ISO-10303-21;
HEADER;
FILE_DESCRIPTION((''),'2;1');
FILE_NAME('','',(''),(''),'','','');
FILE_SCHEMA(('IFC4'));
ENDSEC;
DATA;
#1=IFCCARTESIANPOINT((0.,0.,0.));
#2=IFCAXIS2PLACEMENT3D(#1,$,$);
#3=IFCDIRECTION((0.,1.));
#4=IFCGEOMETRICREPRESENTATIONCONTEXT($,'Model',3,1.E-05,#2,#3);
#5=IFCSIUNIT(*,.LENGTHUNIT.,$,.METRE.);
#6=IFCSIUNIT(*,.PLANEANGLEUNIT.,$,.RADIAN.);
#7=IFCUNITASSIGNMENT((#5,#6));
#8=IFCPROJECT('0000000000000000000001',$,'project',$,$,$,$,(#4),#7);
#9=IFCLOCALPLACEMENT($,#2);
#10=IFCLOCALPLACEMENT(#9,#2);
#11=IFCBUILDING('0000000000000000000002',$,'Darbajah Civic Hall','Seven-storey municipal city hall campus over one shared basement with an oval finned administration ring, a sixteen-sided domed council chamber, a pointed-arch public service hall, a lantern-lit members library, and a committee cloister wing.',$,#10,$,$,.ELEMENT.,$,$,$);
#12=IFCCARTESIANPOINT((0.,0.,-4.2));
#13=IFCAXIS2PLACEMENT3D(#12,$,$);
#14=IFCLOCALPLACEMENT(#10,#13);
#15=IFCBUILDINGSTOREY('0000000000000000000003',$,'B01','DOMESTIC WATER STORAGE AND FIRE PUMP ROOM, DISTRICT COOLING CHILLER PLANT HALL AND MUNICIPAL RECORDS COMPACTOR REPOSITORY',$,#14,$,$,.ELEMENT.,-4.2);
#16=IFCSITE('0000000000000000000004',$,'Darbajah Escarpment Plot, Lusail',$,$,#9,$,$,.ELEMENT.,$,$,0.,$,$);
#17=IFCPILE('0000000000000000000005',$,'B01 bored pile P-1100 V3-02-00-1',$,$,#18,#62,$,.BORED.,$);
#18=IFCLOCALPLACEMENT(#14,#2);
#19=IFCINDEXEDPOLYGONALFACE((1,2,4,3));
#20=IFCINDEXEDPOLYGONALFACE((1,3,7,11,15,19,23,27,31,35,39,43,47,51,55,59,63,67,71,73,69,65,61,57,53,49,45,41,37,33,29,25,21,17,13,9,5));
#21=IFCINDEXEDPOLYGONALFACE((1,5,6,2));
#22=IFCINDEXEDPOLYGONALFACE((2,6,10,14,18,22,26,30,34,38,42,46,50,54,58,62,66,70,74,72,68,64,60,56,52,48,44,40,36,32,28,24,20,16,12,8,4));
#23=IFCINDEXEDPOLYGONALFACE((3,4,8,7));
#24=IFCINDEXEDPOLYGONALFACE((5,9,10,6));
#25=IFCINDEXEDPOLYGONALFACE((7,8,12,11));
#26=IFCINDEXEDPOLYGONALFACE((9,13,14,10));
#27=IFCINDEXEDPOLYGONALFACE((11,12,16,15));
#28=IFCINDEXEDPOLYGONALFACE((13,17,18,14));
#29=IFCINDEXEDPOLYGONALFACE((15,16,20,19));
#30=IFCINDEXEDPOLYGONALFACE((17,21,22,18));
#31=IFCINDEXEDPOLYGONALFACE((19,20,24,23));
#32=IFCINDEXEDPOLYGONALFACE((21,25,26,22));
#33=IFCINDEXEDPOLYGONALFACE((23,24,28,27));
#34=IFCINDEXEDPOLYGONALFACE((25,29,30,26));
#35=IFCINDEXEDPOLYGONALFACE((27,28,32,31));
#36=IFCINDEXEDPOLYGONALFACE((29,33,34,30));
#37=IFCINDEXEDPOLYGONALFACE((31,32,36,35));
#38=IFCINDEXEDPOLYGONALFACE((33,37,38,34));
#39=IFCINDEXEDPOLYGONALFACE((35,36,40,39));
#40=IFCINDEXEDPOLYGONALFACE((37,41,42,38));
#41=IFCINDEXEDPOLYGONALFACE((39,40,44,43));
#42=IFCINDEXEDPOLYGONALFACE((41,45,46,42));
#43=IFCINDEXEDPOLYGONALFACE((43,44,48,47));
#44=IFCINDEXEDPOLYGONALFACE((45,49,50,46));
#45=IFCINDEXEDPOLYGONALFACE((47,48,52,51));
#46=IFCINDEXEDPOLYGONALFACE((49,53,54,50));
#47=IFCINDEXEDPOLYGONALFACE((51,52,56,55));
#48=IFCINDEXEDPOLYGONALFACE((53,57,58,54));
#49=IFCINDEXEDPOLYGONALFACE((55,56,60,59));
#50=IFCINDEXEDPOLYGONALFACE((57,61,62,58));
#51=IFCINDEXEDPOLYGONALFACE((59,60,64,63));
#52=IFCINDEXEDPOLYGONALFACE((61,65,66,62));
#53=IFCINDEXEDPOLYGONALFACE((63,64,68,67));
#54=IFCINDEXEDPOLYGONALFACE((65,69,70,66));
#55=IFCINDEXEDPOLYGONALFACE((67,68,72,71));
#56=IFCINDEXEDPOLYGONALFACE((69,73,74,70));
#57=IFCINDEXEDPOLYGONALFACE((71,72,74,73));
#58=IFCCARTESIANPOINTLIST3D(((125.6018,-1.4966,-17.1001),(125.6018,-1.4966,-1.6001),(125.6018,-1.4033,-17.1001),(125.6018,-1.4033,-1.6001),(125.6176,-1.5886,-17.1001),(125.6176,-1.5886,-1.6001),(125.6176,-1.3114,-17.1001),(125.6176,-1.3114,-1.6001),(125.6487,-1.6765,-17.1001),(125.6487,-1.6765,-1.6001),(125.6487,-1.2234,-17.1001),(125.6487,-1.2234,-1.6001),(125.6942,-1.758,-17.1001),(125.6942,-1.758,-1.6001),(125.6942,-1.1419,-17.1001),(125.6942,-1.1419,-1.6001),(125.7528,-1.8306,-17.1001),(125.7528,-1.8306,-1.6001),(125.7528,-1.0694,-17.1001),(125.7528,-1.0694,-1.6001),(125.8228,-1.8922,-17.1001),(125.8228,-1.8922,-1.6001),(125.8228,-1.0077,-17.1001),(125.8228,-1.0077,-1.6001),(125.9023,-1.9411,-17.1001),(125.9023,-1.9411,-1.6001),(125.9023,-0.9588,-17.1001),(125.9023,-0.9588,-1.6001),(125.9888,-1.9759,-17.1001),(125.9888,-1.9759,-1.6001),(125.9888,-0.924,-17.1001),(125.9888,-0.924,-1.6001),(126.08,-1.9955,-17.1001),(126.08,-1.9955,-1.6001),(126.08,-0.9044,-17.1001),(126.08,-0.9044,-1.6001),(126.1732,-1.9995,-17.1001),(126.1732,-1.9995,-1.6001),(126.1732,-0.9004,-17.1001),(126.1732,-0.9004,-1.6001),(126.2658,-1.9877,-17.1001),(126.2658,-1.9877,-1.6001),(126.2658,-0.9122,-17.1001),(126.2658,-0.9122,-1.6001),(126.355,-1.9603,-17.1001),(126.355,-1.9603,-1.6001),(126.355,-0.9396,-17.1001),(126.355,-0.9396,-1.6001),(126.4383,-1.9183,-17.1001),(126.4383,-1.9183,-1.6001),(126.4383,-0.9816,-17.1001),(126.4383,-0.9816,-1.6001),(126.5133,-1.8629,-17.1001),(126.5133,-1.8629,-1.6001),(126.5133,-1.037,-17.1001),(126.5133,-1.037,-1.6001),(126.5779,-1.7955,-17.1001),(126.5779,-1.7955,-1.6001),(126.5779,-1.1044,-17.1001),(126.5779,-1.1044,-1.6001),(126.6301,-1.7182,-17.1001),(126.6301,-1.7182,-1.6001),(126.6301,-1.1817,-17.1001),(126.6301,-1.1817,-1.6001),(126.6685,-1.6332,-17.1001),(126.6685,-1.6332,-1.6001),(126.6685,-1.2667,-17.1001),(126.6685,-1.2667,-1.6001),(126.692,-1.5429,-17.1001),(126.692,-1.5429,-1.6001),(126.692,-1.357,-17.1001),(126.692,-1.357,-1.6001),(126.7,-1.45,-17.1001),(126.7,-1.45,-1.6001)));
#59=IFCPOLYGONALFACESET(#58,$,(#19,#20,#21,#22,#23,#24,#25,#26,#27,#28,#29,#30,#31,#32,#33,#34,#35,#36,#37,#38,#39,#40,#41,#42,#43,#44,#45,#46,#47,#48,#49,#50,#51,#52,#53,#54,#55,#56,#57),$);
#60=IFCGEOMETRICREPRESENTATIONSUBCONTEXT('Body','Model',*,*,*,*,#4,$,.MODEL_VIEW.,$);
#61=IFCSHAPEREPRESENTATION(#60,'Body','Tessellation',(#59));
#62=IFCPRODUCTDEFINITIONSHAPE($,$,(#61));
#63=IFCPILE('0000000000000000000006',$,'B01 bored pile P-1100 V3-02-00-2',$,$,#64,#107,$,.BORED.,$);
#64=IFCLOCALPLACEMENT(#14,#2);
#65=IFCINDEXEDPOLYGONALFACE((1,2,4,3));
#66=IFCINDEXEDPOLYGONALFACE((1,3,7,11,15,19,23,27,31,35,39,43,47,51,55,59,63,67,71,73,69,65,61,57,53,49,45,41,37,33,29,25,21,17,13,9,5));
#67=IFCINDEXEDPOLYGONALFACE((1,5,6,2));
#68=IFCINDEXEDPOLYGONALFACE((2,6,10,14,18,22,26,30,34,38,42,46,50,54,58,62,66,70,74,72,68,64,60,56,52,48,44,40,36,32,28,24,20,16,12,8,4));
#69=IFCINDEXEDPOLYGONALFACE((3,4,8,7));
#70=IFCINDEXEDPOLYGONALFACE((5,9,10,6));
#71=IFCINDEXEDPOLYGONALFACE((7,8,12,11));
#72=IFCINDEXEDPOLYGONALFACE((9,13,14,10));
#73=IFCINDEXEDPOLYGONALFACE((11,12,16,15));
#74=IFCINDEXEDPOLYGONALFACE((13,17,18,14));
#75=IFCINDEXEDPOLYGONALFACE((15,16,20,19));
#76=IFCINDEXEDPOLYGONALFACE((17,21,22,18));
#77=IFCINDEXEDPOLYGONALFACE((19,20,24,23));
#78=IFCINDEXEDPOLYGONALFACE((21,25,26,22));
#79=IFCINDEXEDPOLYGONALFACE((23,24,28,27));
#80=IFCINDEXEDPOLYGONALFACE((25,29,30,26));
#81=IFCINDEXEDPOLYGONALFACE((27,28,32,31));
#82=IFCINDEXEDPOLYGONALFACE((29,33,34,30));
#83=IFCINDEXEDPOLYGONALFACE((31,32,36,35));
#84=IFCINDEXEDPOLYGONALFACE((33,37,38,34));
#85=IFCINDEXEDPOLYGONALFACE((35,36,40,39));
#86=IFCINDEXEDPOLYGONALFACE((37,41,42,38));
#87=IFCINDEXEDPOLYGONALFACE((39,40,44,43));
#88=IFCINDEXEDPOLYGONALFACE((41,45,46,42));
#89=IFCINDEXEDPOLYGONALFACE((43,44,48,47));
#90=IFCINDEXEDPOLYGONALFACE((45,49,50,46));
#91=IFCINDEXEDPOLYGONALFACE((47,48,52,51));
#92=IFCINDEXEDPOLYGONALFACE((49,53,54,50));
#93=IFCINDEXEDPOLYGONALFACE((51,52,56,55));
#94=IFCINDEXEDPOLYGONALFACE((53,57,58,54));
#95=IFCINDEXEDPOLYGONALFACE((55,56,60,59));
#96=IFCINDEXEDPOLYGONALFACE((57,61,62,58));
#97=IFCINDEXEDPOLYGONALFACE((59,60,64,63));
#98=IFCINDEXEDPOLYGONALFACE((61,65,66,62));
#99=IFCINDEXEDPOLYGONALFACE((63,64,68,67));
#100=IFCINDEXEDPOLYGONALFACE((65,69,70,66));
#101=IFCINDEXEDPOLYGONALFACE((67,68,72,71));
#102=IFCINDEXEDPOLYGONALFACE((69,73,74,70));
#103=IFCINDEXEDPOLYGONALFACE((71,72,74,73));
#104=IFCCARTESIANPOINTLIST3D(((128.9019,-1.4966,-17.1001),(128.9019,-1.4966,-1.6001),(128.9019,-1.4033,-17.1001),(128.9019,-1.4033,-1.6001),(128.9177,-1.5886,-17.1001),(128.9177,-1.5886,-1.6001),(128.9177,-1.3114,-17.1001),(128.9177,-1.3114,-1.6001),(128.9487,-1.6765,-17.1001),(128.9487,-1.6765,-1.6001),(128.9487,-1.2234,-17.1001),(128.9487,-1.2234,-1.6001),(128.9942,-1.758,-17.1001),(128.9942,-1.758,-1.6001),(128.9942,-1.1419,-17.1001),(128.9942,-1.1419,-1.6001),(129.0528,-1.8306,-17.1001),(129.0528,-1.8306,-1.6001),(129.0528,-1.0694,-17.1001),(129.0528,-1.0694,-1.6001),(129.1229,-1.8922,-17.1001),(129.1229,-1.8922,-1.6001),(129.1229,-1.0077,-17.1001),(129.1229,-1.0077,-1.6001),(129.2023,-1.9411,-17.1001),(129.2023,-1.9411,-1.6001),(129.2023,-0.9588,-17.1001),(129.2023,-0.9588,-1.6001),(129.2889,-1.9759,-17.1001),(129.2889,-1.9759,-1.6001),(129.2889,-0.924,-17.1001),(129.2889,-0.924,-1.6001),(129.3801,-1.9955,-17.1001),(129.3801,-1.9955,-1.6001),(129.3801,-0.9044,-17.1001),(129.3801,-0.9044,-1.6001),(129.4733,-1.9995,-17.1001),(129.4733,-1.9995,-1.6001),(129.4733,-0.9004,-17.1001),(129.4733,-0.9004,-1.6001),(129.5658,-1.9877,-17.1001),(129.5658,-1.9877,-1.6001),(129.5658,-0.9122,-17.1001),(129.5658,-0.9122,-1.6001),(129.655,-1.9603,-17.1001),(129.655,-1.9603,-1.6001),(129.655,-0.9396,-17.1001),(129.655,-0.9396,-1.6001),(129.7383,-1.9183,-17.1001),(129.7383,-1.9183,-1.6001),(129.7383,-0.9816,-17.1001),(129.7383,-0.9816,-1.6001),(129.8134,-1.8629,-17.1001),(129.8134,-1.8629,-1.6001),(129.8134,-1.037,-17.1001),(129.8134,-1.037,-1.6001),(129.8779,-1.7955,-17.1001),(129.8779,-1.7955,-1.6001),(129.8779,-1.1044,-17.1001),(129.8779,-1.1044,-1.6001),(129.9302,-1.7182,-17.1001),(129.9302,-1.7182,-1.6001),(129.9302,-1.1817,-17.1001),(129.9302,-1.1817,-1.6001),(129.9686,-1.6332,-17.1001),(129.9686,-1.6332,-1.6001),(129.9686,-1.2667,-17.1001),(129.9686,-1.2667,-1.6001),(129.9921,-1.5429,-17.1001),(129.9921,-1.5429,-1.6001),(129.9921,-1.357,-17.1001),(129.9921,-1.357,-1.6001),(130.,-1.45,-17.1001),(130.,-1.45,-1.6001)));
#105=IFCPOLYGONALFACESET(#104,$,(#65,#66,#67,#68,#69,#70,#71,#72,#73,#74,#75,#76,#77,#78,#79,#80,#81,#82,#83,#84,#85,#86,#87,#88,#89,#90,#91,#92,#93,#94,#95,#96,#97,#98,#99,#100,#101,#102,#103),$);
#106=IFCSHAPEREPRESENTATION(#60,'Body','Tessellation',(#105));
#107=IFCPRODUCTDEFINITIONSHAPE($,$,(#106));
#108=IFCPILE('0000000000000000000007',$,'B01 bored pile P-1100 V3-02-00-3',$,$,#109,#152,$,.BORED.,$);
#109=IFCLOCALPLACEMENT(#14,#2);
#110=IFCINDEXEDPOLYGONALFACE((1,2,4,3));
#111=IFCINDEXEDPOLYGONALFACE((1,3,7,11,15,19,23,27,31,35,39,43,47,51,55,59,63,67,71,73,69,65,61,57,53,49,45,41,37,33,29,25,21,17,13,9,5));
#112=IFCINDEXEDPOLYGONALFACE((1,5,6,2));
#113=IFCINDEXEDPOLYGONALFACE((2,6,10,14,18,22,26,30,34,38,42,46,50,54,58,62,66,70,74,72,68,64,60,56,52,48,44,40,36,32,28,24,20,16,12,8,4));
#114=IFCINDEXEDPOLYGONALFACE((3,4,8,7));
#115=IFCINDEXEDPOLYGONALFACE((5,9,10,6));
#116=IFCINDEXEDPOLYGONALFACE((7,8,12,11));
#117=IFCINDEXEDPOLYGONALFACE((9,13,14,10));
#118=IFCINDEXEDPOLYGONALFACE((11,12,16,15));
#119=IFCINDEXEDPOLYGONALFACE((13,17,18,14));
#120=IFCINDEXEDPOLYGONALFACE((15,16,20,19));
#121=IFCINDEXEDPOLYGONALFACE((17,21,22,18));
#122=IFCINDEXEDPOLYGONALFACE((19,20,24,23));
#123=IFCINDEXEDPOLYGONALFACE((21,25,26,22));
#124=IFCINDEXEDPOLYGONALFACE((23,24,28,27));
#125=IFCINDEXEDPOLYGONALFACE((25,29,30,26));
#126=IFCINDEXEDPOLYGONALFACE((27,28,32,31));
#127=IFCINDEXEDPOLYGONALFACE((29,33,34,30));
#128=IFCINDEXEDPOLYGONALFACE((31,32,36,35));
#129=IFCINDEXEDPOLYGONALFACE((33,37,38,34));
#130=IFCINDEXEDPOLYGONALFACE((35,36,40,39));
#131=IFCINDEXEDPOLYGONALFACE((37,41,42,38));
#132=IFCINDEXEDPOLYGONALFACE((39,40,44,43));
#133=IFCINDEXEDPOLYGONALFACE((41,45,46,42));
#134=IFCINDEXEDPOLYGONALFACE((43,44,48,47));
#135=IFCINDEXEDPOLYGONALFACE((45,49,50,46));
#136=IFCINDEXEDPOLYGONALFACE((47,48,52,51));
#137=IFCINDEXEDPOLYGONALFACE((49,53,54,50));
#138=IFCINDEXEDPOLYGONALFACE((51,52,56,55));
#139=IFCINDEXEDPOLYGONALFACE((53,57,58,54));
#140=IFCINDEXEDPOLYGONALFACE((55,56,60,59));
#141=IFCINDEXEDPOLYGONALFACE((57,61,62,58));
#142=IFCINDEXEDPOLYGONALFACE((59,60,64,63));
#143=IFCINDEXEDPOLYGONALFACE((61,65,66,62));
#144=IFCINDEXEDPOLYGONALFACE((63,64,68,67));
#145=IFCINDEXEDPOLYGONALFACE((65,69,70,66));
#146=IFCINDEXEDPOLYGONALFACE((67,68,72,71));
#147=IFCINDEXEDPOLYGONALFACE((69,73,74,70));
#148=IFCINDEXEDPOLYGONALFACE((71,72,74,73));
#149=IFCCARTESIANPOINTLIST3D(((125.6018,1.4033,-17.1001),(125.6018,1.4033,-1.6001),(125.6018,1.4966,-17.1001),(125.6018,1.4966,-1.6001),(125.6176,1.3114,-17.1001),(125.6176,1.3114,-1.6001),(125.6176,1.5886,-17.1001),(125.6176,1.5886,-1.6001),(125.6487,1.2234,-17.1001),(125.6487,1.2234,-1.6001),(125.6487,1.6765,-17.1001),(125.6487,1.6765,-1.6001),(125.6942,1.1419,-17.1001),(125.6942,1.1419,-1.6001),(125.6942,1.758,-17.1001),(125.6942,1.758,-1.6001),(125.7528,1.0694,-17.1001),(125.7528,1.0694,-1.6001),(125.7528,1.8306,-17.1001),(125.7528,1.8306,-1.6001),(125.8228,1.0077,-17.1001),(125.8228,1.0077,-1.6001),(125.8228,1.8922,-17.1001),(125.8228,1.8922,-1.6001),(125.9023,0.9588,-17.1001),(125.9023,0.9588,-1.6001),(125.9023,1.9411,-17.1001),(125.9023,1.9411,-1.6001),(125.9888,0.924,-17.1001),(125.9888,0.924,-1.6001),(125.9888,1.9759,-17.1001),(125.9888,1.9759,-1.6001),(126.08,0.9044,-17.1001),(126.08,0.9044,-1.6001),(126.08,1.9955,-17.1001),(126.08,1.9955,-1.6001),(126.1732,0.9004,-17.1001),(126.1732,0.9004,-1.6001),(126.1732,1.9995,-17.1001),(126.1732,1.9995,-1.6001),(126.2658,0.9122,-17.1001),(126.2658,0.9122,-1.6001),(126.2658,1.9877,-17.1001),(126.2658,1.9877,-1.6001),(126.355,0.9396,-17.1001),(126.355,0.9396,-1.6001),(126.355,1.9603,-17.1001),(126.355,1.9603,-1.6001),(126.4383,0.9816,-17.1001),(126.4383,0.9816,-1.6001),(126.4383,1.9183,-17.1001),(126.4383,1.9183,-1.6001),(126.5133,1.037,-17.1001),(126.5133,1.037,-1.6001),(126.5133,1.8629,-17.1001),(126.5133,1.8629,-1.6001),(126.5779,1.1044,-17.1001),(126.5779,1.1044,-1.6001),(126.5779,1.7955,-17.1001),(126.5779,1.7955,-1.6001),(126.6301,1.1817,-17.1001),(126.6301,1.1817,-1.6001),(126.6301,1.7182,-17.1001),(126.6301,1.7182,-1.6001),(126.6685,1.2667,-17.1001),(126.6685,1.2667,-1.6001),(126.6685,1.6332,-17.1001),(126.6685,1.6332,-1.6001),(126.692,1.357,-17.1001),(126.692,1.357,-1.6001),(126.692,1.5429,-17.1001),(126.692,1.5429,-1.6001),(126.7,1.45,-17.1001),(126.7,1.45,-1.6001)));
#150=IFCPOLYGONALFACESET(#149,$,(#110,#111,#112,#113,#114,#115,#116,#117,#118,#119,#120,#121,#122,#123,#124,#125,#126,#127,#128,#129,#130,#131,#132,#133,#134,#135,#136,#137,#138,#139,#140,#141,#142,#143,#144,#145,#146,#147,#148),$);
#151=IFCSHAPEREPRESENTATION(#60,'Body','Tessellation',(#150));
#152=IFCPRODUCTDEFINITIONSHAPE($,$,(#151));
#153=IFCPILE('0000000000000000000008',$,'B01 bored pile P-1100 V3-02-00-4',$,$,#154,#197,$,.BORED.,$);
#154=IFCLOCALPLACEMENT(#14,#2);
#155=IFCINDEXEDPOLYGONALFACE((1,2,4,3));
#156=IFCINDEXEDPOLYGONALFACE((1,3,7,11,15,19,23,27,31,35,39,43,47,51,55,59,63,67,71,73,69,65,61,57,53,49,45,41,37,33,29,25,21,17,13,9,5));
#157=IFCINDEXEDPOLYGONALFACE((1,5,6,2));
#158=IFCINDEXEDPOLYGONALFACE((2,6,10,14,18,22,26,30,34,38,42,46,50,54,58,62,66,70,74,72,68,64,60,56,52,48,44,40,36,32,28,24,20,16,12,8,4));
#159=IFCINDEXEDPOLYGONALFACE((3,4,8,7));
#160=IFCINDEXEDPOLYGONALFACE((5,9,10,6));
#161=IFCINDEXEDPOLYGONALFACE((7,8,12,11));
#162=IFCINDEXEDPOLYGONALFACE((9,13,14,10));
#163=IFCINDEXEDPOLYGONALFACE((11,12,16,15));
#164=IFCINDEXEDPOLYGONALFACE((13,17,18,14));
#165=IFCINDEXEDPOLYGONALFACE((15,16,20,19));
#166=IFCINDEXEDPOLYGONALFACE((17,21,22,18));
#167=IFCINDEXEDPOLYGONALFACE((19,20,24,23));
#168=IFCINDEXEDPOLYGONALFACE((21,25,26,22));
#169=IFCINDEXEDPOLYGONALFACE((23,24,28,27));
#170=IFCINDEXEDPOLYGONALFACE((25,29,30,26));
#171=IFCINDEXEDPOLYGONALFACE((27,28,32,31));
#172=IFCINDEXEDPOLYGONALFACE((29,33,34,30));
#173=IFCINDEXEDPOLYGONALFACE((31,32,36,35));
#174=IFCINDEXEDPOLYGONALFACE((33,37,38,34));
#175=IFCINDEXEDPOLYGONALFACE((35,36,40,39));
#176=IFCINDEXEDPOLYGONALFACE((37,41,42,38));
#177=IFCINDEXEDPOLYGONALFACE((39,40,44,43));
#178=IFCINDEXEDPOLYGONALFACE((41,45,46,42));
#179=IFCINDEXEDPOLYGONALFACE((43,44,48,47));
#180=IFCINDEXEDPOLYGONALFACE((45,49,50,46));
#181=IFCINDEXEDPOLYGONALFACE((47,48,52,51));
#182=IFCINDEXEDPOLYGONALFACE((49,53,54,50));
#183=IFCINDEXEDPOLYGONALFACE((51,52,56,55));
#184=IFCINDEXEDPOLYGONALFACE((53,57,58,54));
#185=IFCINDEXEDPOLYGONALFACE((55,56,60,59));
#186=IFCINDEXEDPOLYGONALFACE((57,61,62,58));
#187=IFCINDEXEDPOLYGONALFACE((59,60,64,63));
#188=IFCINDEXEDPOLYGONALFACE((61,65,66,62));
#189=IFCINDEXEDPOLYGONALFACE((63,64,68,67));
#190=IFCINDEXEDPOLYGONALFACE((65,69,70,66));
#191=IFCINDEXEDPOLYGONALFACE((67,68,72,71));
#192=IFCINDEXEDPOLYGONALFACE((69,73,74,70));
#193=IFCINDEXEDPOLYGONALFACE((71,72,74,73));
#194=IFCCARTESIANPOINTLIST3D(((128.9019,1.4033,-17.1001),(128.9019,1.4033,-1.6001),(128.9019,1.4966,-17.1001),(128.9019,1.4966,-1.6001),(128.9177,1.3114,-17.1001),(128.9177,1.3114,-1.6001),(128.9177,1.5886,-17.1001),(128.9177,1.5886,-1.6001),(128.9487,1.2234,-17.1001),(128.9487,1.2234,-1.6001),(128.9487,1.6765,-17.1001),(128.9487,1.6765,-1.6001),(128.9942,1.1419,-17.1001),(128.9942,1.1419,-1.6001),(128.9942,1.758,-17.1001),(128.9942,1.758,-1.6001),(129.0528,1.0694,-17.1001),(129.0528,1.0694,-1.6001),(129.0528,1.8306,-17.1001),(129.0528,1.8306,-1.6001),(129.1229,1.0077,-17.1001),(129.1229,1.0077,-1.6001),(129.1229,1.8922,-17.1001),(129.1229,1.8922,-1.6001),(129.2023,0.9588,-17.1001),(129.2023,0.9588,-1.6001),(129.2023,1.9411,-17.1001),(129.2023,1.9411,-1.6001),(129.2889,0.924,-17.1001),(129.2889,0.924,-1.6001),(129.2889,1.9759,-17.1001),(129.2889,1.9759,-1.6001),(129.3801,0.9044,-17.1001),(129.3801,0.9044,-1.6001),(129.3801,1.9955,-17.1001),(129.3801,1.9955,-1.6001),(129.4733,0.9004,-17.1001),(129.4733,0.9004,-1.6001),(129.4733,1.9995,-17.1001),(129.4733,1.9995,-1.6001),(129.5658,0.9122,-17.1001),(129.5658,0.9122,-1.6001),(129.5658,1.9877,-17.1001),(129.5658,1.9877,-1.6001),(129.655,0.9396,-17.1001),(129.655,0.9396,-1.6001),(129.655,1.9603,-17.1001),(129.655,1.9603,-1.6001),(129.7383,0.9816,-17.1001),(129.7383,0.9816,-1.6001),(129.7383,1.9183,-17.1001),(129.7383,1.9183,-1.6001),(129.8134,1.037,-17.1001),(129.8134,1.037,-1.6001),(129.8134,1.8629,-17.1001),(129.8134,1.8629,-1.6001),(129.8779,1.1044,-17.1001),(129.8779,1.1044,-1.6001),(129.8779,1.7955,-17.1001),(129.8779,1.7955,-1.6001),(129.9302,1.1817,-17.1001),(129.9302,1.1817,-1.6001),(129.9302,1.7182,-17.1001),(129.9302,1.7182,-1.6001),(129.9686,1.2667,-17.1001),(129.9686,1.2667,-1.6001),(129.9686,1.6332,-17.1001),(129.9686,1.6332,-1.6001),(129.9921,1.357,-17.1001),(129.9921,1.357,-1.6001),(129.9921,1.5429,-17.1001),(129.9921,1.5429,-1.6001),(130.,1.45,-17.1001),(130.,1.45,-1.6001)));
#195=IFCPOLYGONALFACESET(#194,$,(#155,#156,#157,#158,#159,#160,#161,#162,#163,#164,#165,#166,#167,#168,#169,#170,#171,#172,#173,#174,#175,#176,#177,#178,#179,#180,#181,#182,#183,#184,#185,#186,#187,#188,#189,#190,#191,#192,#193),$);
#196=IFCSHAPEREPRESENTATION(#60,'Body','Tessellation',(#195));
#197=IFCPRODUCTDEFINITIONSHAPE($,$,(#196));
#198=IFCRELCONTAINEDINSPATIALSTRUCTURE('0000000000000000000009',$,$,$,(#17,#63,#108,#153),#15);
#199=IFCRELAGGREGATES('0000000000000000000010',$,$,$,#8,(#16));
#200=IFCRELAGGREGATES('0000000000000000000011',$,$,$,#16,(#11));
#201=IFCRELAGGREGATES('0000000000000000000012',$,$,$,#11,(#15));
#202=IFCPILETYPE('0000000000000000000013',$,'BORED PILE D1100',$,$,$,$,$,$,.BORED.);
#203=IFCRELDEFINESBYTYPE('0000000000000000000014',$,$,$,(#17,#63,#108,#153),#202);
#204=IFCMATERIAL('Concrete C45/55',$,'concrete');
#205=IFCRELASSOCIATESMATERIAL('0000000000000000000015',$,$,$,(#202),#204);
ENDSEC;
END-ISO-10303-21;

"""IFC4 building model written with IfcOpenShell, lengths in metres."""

from ifc_helpers import new_model, si_unit, direction, frame, origin, origin_2d, place, context, subcontext, project, spatial, circle, extrude, material, material_profile, profile_set, type_object, element, save


model = new_model("IFC4")

# Units and contexts
model_context = context("Model", 3, precision=1e-05, world=origin(), true_north=direction((0.0, 1.0)))
body_context = subcontext(model_context, "Body", "Model", "MODEL_VIEW")
ifc_project = project(units=[si_unit("LENGTHUNIT", "METRE"), si_unit("PLANEANGLEUNIT", "RADIAN")], contexts=[model_context])

# Site, building, storey
site_placement = place(None, origin())
site = spatial("IfcSite", under=ifc_project, at=site_placement, Name="Darbajah Escarpment Plot, Lusail", CompositionType="ELEMENT", RefElevation=0.0)
building_placement = place(site_placement, origin())
building = spatial("IfcBuilding", under=site, at=building_placement, Name="Darbajah Civic Hall", Description="Seven-storey municipal city hall campus over one shared basement with an oval finned administration ring, a sixteen-sided domed council chamber, a pointed-arch public service hall, a lantern-lit members library, and a committee cloister wing.", CompositionType="ELEMENT")
storey_placement = place(building_placement, frame((0.0, 0.0, -4.2)))
storey = spatial("IfcBuildingStorey", under=building, at=storey_placement, Name="B01", Description="DOMESTIC WATER STORAGE AND FIRE PUMP ROOM, DISTRICT COOLING CHILLER PLANT HALL AND MUNICIPAL RECORDS COMPACTOR REPOSITORY", CompositionType="ELEMENT", Elevation=-4.2)

# Piles
ifc_material_1 = material(Name="Concrete C45/55", Category="concrete")
ifc_material_profile_1 = material_profile(ifc_material_1, circle(Radius=0.55, at=origin_2d()), Name="BORED PILE D1100")
ifc_profile_set_1 = profile_set([ifc_material_profile_1], Name="Concrete C45/55")
pile_type_1 = type_object("IfcPileType", Name="BORED PILE D1100", PredefinedType="BORED", material=ifc_profile_set_1)
for number, where, z_axis, x_axis, name in (
    (1, (126.1499, -1.45, -1.6001), (0.0, 0.0, -1.0), (1.0, 0.0, 0.0), "B01 bored pile P-1100 V3-02-00-1"),
    (2, (129.45, -1.45, -1.6001), (0.0, 0.0, -1.0), (1.0, 0.0, 0.0), "B01 bored pile P-1100 V3-02-00-2"),
    (3, (126.1499, 1.45, -1.6001), (0.0, 0.0, -1.0), (1.0, 0.0, 0.0), "B01 bored pile P-1100 V3-02-00-3"),
    (4, (129.45, 1.45, -1.6001), (0.0, 0.0, -1.0), (1.0, 0.0, 0.0), "B01 bored pile P-1100 V3-02-00-4"),
):
    element("IfcPile", number, at=place(storey_placement, frame(where, z_axis=z_axis, x_axis=x_axis)), inside=storey, type_object=pile_type_1, Name=name, PredefinedType="BORED", context=body_context, shape_type="SweptSolid", body=[
        extrude(circle(Radius=0.55, at=origin_2d()), origin(), (0.0, 0.0, 1.0), 15.5),
    ])

save(model, "model.ifc")
